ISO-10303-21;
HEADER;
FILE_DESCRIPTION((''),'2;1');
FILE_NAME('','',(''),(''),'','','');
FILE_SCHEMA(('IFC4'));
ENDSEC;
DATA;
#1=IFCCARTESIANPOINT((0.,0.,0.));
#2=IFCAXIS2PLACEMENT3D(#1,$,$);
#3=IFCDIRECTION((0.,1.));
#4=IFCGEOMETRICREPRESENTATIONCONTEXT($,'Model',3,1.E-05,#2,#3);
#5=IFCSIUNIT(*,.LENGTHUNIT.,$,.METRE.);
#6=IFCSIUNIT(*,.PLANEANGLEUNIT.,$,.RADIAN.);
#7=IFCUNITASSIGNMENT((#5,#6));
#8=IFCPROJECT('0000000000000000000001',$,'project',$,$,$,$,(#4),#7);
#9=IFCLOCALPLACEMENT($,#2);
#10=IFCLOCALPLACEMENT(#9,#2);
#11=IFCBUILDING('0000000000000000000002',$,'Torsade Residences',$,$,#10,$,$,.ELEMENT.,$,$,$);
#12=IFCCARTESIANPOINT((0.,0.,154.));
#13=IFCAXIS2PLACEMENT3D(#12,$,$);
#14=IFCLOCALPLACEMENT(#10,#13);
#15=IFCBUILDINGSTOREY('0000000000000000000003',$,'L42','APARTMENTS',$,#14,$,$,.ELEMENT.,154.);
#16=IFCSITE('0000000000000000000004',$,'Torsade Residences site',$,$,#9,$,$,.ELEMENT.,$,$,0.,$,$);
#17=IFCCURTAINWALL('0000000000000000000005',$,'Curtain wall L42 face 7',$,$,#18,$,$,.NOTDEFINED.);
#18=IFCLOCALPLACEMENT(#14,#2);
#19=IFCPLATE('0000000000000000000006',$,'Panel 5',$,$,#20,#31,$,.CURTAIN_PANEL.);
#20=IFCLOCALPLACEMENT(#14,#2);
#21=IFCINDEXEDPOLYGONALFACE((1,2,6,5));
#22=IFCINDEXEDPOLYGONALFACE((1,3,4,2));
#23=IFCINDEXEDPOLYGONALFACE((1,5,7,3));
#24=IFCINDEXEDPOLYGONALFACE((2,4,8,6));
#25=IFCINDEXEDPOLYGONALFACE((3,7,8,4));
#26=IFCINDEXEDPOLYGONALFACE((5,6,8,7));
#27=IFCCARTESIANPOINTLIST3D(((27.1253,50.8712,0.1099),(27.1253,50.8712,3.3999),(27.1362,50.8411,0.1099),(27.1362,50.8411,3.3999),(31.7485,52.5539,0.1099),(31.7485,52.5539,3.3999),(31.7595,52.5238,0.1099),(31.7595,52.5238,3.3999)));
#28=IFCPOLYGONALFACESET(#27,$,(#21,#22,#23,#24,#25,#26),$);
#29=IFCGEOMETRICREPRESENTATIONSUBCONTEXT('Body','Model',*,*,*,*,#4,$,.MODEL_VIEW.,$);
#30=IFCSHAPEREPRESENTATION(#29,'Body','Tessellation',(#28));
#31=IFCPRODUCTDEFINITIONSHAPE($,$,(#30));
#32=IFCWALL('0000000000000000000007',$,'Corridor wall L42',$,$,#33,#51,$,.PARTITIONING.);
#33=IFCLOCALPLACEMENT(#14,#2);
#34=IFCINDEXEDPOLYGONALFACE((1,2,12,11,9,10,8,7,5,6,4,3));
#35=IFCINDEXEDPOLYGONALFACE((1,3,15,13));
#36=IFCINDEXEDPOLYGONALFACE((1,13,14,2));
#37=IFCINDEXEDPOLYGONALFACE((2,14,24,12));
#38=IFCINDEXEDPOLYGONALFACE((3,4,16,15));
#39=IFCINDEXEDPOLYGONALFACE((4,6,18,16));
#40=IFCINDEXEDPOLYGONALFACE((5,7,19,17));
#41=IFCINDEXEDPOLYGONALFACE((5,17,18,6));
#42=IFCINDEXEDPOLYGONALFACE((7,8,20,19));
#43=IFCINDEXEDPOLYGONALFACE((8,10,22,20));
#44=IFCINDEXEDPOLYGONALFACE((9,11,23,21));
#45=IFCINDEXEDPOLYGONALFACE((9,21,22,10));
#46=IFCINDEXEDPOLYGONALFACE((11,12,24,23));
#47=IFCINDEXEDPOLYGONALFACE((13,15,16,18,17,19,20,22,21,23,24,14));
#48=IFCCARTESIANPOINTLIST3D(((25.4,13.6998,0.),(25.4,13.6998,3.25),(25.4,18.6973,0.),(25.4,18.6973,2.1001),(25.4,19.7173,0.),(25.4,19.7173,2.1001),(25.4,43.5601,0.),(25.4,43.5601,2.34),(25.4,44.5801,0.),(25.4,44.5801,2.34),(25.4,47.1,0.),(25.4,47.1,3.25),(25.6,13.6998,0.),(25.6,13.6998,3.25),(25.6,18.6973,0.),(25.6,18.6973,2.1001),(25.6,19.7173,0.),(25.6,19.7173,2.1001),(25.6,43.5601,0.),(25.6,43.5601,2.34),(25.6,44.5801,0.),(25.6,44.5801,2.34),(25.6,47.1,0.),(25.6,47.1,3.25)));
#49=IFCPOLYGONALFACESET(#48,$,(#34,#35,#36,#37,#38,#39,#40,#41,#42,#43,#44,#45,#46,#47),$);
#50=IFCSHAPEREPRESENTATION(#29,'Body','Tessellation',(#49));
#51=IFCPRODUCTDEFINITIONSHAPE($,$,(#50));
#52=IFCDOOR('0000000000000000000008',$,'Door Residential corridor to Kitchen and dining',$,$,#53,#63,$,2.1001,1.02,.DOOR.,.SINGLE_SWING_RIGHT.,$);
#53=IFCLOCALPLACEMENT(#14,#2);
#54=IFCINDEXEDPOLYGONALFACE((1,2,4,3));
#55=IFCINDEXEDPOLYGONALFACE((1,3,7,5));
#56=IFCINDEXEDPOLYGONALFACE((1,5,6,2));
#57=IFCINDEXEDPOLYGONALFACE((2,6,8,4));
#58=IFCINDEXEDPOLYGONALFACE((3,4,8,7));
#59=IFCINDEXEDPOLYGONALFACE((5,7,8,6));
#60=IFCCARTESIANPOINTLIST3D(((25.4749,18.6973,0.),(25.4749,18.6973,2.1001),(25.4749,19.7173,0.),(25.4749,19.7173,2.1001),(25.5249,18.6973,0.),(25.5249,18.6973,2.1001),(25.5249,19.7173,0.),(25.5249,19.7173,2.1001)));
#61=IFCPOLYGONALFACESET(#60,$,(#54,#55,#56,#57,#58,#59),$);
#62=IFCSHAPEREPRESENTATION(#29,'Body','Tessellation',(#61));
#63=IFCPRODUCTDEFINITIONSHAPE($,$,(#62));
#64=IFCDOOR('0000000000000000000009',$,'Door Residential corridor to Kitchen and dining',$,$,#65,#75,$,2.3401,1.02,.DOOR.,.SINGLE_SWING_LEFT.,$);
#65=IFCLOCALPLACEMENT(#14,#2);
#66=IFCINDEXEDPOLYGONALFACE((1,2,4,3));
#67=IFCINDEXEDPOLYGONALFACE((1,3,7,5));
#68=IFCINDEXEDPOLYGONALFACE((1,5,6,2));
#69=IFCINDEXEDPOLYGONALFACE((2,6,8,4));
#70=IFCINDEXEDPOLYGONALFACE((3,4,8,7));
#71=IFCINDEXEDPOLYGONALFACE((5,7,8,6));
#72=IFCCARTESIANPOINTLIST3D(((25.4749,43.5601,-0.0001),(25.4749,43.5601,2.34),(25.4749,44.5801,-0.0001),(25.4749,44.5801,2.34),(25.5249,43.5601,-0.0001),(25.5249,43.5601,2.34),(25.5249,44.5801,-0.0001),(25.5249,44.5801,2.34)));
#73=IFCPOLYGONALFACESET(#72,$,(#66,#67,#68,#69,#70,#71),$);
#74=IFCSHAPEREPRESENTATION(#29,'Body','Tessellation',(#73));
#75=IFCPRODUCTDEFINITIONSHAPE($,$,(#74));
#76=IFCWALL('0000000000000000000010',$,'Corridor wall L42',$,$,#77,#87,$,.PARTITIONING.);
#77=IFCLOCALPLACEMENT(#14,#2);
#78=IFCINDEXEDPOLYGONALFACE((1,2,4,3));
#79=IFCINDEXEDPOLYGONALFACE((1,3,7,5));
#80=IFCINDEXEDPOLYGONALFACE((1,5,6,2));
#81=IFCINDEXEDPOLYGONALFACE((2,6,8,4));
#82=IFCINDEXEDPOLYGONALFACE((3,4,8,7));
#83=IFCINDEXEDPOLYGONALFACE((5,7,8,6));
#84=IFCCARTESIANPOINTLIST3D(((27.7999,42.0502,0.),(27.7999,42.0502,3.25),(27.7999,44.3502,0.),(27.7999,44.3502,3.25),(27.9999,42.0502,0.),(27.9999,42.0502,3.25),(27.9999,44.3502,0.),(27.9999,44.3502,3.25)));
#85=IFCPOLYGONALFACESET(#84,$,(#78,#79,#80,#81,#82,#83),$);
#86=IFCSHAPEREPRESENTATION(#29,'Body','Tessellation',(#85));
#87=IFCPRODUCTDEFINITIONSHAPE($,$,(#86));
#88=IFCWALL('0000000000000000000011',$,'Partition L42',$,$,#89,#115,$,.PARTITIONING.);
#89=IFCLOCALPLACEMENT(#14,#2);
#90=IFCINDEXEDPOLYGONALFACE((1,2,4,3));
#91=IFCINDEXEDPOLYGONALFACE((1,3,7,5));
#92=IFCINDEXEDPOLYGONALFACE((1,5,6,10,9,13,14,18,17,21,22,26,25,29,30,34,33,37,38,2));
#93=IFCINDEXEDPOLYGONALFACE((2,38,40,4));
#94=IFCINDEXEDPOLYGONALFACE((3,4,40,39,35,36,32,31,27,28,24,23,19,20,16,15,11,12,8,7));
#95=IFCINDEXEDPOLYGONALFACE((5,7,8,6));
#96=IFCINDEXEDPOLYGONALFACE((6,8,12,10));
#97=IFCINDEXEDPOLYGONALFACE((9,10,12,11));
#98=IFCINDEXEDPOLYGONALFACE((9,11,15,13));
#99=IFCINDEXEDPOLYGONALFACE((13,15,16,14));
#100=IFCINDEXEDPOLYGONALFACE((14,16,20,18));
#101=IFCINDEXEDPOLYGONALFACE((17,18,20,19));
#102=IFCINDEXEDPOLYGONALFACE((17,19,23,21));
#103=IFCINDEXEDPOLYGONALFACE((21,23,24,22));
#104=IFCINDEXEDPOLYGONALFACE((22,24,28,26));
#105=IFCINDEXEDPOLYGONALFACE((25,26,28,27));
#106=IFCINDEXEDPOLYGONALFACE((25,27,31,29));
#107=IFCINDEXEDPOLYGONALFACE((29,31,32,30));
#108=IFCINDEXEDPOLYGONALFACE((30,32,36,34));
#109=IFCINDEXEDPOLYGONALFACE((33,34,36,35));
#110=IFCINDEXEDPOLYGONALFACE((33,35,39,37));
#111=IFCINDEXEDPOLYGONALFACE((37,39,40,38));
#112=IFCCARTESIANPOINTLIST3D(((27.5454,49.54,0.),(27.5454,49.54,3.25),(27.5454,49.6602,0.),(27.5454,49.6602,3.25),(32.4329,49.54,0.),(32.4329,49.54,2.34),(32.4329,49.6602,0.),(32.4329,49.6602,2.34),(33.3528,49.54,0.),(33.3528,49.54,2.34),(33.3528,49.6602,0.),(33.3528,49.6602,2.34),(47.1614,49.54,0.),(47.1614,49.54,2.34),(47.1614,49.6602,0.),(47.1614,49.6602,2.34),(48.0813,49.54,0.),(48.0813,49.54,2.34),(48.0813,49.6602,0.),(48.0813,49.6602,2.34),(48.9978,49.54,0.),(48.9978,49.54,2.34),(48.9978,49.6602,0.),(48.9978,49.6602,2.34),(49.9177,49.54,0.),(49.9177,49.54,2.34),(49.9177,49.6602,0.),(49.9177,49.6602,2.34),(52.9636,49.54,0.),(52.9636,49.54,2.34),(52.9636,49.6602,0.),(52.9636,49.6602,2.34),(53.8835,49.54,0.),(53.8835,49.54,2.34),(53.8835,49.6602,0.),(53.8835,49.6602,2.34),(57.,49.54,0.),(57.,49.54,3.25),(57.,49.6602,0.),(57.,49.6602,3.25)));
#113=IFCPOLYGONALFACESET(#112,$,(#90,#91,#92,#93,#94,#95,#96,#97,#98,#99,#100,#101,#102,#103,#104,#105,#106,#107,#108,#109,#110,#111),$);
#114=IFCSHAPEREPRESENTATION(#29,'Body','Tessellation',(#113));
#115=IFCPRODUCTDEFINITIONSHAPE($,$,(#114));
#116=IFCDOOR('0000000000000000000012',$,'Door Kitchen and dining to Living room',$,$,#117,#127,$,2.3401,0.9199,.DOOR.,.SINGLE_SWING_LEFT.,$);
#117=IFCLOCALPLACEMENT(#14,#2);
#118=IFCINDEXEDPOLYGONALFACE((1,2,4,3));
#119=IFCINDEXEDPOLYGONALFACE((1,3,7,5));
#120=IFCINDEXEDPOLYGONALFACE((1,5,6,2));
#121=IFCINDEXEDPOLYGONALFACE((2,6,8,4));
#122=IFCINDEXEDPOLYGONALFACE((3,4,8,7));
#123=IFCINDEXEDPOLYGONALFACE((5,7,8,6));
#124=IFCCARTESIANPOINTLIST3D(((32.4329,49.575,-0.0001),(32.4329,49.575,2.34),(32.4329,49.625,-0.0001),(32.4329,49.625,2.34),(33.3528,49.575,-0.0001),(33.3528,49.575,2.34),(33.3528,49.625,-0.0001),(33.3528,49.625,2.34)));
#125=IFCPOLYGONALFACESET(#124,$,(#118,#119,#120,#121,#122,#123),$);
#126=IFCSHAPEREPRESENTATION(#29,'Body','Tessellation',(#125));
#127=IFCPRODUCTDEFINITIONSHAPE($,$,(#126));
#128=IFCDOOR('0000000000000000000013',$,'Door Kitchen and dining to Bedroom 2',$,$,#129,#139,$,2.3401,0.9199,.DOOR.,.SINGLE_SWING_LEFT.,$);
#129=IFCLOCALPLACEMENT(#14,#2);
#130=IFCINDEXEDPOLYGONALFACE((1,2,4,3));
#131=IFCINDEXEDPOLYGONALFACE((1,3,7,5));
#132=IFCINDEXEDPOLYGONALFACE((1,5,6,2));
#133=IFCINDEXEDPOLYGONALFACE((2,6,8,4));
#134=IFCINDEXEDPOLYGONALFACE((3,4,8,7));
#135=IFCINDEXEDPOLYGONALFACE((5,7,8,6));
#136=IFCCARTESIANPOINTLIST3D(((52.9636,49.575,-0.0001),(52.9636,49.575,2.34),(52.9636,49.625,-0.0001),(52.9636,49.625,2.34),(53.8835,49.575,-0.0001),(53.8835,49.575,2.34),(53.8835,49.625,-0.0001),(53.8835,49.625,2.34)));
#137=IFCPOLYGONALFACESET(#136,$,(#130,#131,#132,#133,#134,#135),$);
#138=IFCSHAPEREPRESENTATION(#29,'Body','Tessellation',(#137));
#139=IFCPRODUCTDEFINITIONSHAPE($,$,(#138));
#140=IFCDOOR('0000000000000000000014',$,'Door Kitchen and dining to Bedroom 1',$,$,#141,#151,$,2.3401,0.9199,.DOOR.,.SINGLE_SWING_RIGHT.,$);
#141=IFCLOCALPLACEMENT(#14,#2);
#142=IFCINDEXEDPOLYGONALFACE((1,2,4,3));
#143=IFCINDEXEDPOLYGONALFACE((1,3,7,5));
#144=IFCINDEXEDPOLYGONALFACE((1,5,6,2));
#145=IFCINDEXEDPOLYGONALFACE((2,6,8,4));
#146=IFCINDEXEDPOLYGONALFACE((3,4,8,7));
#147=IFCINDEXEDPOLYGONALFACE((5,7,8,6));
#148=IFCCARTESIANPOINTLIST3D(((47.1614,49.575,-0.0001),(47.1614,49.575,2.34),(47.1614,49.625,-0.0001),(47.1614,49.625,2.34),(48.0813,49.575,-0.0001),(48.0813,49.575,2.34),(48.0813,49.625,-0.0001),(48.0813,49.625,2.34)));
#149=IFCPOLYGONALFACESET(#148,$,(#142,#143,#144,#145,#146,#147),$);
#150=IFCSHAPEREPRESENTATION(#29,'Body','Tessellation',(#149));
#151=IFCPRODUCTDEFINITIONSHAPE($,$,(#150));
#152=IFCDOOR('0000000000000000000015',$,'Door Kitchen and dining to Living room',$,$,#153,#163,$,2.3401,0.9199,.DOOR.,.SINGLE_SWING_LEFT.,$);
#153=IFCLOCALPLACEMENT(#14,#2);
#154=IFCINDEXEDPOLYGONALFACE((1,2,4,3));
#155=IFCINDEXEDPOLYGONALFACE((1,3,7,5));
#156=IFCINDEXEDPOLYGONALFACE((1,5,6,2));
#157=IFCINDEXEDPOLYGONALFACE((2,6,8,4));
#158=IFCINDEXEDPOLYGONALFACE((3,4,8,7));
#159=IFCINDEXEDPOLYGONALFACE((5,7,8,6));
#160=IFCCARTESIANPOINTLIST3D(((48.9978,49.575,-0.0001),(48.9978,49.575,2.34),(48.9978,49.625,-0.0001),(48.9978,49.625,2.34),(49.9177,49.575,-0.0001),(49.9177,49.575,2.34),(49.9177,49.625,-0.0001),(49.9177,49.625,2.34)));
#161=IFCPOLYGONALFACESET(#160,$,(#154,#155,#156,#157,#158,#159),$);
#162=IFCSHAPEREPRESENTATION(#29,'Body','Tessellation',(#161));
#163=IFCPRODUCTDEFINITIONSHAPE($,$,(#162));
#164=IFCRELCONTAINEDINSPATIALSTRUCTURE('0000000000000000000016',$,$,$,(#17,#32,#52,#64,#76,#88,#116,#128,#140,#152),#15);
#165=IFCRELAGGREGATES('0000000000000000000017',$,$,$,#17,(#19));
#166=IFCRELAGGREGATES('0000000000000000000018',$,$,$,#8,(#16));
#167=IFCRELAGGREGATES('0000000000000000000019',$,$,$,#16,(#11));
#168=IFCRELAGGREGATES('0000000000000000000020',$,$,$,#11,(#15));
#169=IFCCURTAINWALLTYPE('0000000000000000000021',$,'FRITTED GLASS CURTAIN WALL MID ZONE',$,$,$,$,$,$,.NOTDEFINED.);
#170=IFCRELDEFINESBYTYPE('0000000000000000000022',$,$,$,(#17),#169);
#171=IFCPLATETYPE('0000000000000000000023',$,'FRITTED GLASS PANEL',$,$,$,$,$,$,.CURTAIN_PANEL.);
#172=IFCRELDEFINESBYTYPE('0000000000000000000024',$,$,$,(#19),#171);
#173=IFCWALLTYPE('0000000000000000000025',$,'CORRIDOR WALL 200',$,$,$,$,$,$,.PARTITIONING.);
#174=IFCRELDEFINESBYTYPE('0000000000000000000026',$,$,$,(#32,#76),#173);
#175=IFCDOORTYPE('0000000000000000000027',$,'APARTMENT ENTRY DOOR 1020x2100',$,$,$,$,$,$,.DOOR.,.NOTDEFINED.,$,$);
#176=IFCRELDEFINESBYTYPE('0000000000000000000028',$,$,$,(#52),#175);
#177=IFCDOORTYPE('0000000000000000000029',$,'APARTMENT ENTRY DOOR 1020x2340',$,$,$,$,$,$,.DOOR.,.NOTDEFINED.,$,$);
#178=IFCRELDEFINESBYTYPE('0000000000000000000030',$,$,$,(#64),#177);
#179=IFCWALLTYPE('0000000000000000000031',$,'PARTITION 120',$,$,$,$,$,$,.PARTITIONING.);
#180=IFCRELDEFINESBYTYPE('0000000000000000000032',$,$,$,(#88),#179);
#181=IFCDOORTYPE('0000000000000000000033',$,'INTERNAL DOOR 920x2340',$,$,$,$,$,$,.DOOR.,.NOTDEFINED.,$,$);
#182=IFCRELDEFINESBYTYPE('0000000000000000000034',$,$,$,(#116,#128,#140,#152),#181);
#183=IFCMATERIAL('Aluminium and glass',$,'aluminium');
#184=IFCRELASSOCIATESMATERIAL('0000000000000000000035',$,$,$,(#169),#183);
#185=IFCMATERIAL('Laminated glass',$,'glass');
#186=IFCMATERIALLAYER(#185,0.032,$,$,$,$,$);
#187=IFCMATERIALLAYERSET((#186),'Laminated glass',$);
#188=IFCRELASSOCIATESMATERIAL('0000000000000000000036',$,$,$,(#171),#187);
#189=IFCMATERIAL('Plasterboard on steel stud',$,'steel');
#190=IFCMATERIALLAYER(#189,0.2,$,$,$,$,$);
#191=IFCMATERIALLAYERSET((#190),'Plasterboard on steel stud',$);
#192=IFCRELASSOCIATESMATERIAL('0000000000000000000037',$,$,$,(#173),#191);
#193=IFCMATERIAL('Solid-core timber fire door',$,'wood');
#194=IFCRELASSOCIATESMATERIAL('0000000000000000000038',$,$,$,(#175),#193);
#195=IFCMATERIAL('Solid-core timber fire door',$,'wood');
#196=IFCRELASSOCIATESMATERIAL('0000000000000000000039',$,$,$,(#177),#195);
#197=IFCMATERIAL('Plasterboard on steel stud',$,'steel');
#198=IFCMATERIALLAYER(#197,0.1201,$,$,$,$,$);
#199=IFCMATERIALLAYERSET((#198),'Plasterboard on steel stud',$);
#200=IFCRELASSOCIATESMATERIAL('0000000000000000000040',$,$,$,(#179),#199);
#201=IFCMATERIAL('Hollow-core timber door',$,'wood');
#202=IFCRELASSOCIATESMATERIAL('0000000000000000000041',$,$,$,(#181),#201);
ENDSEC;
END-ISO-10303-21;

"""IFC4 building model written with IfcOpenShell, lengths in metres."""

from ifc_helpers import new_model, si_unit, direction, frame, frame_2d, origin, origin_2d, place, context, subcontext, project, spatial, rectangle, extrude, material, layer, layer_set, type_object, element, fill, aggregate, save


model = new_model("IFC4")

# Units and contexts
model_context = context("Model", 3, precision=1e-05, world=origin(), true_north=direction((0.0, 1.0)))
body_context = subcontext(model_context, "Body", "Model", "MODEL_VIEW")
ifc_project = project(units=[si_unit("LENGTHUNIT", "METRE"), si_unit("PLANEANGLEUNIT", "RADIAN")], contexts=[model_context])

# Site, building, storey
site_placement = place(None, origin())
site = spatial("IfcSite", under=ifc_project, at=site_placement, Name="Torsade Residences site", CompositionType="ELEMENT", RefElevation=0.0)
building_placement = place(site_placement, origin())
building = spatial("IfcBuilding", under=site, at=building_placement, Name="Torsade Residences", CompositionType="ELEMENT")
storey_placement = place(building_placement, frame((0.0, 0.0, 154.0)))
storey = spatial("IfcBuildingStorey", under=building, at=storey_placement, Name="L42", Description="APARTMENTS", CompositionType="ELEMENT", Elevation=154.0)

# Curtain wall
ifc_material_1 = material(Name="Aluminium and glass", Category="aluminium")
curtain_wall_type = type_object("IfcCurtainWallType", Name="FRITTED GLASS CURTAIN WALL MID ZONE", PredefinedType="NOTDEFINED", material=ifc_material_1)
curtain_wall_placement = place(storey_placement, origin())
curtain_wall = element("IfcCurtainWall", 1, at=curtain_wall_placement, inside=storey, type_object=curtain_wall_type, Name="Curtain wall L42 face 7", PredefinedType="NOTDEFINED")

# Plate
ifc_material_2 = material(Name="Laminated glass", Category="glass")
ifc_layer_1 = layer(ifc_material_2, 0.032)
ifc_layer_set_1 = layer_set([ifc_layer_1], Name="Laminated glass")
plate_type = type_object("IfcPlateType", Name="FRITTED GLASS PANEL", PredefinedType="CURTAIN_PANEL", material=ifc_layer_set_1)
plate_placement = place(storey_placement, frame((29.4424, 51.6975, 0.1099), z_axis=(0.0, 0.0, 1.0), x_axis=(-0.939693, -0.34202, 0.0)))
plate = element("IfcPlate", 2, at=plate_placement, type_object=plate_type, Name="Panel 5", PredefinedType="CURTAIN_PANEL", context=body_context, shape_type="SweptSolid", body=[
    extrude(rectangle(XDim=4.9199, YDim=0.032, at=origin_2d()), origin(), (0.0, 0.0, 1.0), 3.29),
])
aggregate(curtain_wall, [plate])

# Wall, openings, doors
ifc_material_3 = material(Name="Plasterboard on steel stud", Category="steel")
ifc_layer_2 = layer(ifc_material_3, 0.2)
ifc_layer_set_2 = layer_set([ifc_layer_2], Name="Plasterboard on steel stud")
wall_type_1 = type_object("IfcWallType", Name="CORRIDOR WALL 200", PredefinedType="PARTITIONING", material=ifc_layer_set_2)
wall_1_placement = place(storey_placement, frame((25.5, 47.1001, 0.0), z_axis=(0.0, 0.0, 1.0), x_axis=(0.0, -1.0, 0.0)))
wall_1 = element("IfcWall", 3, at=wall_1_placement, inside=storey, type_object=wall_type_1, Name="Corridor wall L42", PredefinedType="PARTITIONING", context=body_context, shape_type="SweptSolid", body=[
    extrude(rectangle(XDim=33.4001, YDim=0.2, at=frame_2d((16.7002, 0.0))), origin(), (0.0, 0.0, 1.0), 3.25),
])
opening_1_placement = place(wall_1_placement, frame((2.52, 0.0, 0.0)))
opening_1 = element("IfcOpeningElement", 4, at=opening_1_placement, cuts=wall_1, PredefinedType="OPENING", context=body_context, shape_type="SweptSolid", body=[
    extrude(rectangle(XDim=1.02, YDim=2.3401, at=frame_2d((0.51, 1.1699))), frame((0.0, 0.1099, 0.0), z_axis=(0.0, -1.0, 0.0), x_axis=(1.0, 0.0, 0.0)), (0.0, 0.0, 1.0), 0.22),
])
opening_2_placement = place(wall_1_placement, frame((27.3828, 0.0, 0.0)))
opening_2 = element("IfcOpeningElement", 5, at=opening_2_placement, cuts=wall_1, PredefinedType="OPENING", context=body_context, shape_type="SweptSolid", body=[
    extrude(rectangle(XDim=1.02, YDim=2.1001, at=frame_2d((0.51, 1.05))), frame((0.0, 0.1099, 0.0), z_axis=(0.0, -1.0, 0.0), x_axis=(1.0, 0.0, 0.0)), (0.0, 0.0, 1.0), 0.22),
])
ifc_material_4 = material(Name="Solid-core timber fire door", Category="wood")
door_type_1 = type_object("IfcDoorType", Name="APARTMENT ENTRY DOOR 1020x2100", OperationType="NOTDEFINED", PredefinedType="DOOR", material=ifc_material_4)
door_1_placement = place(opening_2_placement, origin())
door_1 = element("IfcDoor", 6, at=door_1_placement, inside=storey, type_object=door_type_1, Name="Door Residential corridor to Kitchen and dining", OperationType="SINGLE_SWING_RIGHT", OverallHeight=2.1001, OverallWidth=1.02, PredefinedType="DOOR", context=body_context, shape_type="SweptSolid", body=[
    extrude(rectangle(XDim=1.02, YDim=2.1001, at=frame_2d((0.51, 1.05))), frame((0.0, 0.0249, 0.0), z_axis=(0.0, -1.0, 0.0), x_axis=(1.0, 0.0, 0.0)), (0.0, 0.0, 1.0), 0.05),
])
fill(opening_2, door_1)
ifc_material_5 = material(Name="Solid-core timber fire door", Category="wood")
door_type_2 = type_object("IfcDoorType", Name="APARTMENT ENTRY DOOR 1020x2340", OperationType="NOTDEFINED", PredefinedType="DOOR", material=ifc_material_5)
door_2_placement = place(opening_1_placement, origin())
door_2 = element("IfcDoor", 7, at=door_2_placement, inside=storey, type_object=door_type_2, Name="Door Residential corridor to Kitchen and dining", OperationType="SINGLE_SWING_LEFT", OverallHeight=2.3401, OverallWidth=1.02, PredefinedType="DOOR", context=body_context, shape_type="SweptSolid", body=[
    extrude(rectangle(XDim=1.02, YDim=2.3401, at=frame_2d((0.51, 1.1699))), frame((0.0, 0.0249, 0.0), z_axis=(0.0, -1.0, 0.0), x_axis=(1.0, 0.0, 0.0)), (0.0, 0.0, 1.0), 0.05),
])
fill(opening_1, door_2)

# Wall
wall_2_placement = place(storey_placement, frame((27.8999, 44.3501, 0.0), z_axis=(0.0, 0.0, 1.0), x_axis=(0.0, -1.0, 0.0)))
element("IfcWall", 8, at=wall_2_placement, inside=storey, type_object=wall_type_1, Name="Corridor wall L42", PredefinedType="PARTITIONING", context=body_context, shape_type="SweptSolid", body=[
    extrude(rectangle(XDim=2.3, YDim=0.2, at=frame_2d((1.1499, 0.0))), origin(), (0.0, 0.0, 1.0), 3.25),
])

# Wall, openings, doors
ifc_material_6 = material(Name="Plasterboard on steel stud", Category="steel")
ifc_layer_3 = layer(ifc_material_6, 0.1201)
ifc_layer_set_3 = layer_set([ifc_layer_3], Name="Plasterboard on steel stud")
wall_type_2 = type_object("IfcWallType", Name="PARTITION 120", PredefinedType="PARTITIONING", material=ifc_layer_set_3)
wall_3_placement = place(storey_placement, frame((27.5454, 49.6001, 0.0), z_axis=(0.0, 0.0, 1.0), x_axis=(1.0, 0.0, 0.0)))
wall_3 = element("IfcWall", 9, at=wall_3_placement, inside=storey, type_object=wall_type_2, Name="Partition L42", PredefinedType="PARTITIONING", context=body_context, shape_type="SweptSolid", body=[
    extrude(rectangle(XDim=29.4546, YDim=0.1201, at=frame_2d((14.7273, 0.0))), origin(), (0.0, 0.0, 1.0), 3.25),
])
opening_3_placement = place(wall_3_placement, frame((4.8875, 0.0, 0.0)))
opening_3 = element("IfcOpeningElement", 10, at=opening_3_placement, cuts=wall_3, PredefinedType="OPENING", context=body_context, shape_type="SweptSolid", body=[
    extrude(rectangle(XDim=0.9199, YDim=2.3401, at=frame_2d((0.46, 1.1699))), frame((0.0, 0.0701, 0.0), z_axis=(0.0, -1.0, 0.0), x_axis=(1.0, 0.0, 0.0)), (0.0, 0.0, 1.0), 0.1401),
])
opening_4_placement = place(wall_3_placement, frame((25.4182, 0.0, 0.0)))
opening_4 = element("IfcOpeningElement", 11, at=opening_4_placement, cuts=wall_3, PredefinedType="OPENING", context=body_context, shape_type="SweptSolid", body=[
    extrude(rectangle(XDim=0.9199, YDim=2.3401, at=frame_2d((0.46, 1.1699))), frame((0.0, 0.0701, 0.0), z_axis=(0.0, -1.0, 0.0), x_axis=(1.0, 0.0, 0.0)), (0.0, 0.0, 1.0), 0.1401),
])
opening_5_placement = place(wall_3_placement, frame((19.616, 0.0, 0.0)))
opening_5 = element("IfcOpeningElement", 12, at=opening_5_placement, cuts=wall_3, PredefinedType="OPENING", context=body_context, shape_type="SweptSolid", body=[
    extrude(rectangle(XDim=0.9199, YDim=2.3401, at=frame_2d((0.46, 1.1699))), frame((0.0, 0.0701, 0.0), z_axis=(0.0, -1.0, 0.0), x_axis=(1.0, 0.0, 0.0)), (0.0, 0.0, 1.0), 0.1401),
])
opening_6_placement = place(wall_3_placement, frame((21.4524, 0.0, 0.0)))
opening_6 = element("IfcOpeningElement", 13, at=opening_6_placement, cuts=wall_3, PredefinedType="OPENING", context=body_context, shape_type="SweptSolid", body=[
    extrude(rectangle(XDim=0.9199, YDim=2.3401, at=frame_2d((0.46, 1.1699))), frame((0.0, 0.0701, 0.0), z_axis=(0.0, -1.0, 0.0), x_axis=(1.0, 0.0, 0.0)), (0.0, 0.0, 1.0), 0.1401),
])
ifc_material_7 = material(Name="Hollow-core timber door", Category="wood")
door_type_3 = type_object("IfcDoorType", Name="INTERNAL DOOR 920x2340", OperationType="NOTDEFINED", PredefinedType="DOOR", material=ifc_material_7)
door_3_placement = place(opening_3_placement, origin())
door_3 = element("IfcDoor", 14, at=door_3_placement, inside=storey, type_object=door_type_3, Name="Door Kitchen and dining to Living room", OperationType="SINGLE_SWING_LEFT", OverallHeight=2.3401, OverallWidth=0.9199, PredefinedType="DOOR", context=body_context, shape_type="SweptSolid", body=[
    extrude(rectangle(XDim=0.9199, YDim=2.3401, at=frame_2d((0.46, 1.1699))), frame((0.0, 0.0249, 0.0), z_axis=(0.0, -1.0, 0.0), x_axis=(1.0, 0.0, 0.0)), (0.0, 0.0, 1.0), 0.05),
])
fill(opening_3, door_3)
door_4_placement = place(opening_4_placement, origin())
door_4 = element("IfcDoor", 15, at=door_4_placement, inside=storey, type_object=door_type_3, Name="Door Kitchen and dining to Bedroom 2", OperationType="SINGLE_SWING_LEFT", OverallHeight=2.3401, OverallWidth=0.9199, PredefinedType="DOOR", context=body_context, shape_type="SweptSolid", body=[
    extrude(rectangle(XDim=0.9199, YDim=2.3401, at=frame_2d((0.46, 1.1699))), frame((0.0, 0.0249, 0.0), z_axis=(0.0, -1.0, 0.0), x_axis=(1.0, 0.0, 0.0)), (0.0, 0.0, 1.0), 0.05),
])
fill(opening_4, door_4)
door_5_placement = place(opening_5_placement, origin())
door_5 = element("IfcDoor", 16, at=door_5_placement, inside=storey, type_object=door_type_3, Name="Door Kitchen and dining to Bedroom 1", OperationType="SINGLE_SWING_RIGHT", OverallHeight=2.3401, OverallWidth=0.9199, PredefinedType="DOOR", context=body_context, shape_type="SweptSolid", body=[
    extrude(rectangle(XDim=0.9199, YDim=2.3401, at=frame_2d((0.46, 1.1699))), frame((0.0, 0.0249, 0.0), z_axis=(0.0, -1.0, 0.0), x_axis=(1.0, 0.0, 0.0)), (0.0, 0.0, 1.0), 0.05),
])
fill(opening_5, door_5)
door_6_placement = place(opening_6_placement, origin())
door_6 = element("IfcDoor", 17, at=door_6_placement, inside=storey, type_object=door_type_3, Name="Door Kitchen and dining to Living room", OperationType="SINGLE_SWING_LEFT", OverallHeight=2.3401, OverallWidth=0.9199, PredefinedType="DOOR", context=body_context, shape_type="SweptSolid", body=[
    extrude(rectangle(XDim=0.9199, YDim=2.3401, at=frame_2d((0.46, 1.1699))), frame((0.0, 0.0249, 0.0), z_axis=(0.0, -1.0, 0.0), x_axis=(1.0, 0.0, 0.0)), (0.0, 0.0, 1.0), 0.05),
])
fill(opening_6, door_6)

save(model, "model.ifc")
